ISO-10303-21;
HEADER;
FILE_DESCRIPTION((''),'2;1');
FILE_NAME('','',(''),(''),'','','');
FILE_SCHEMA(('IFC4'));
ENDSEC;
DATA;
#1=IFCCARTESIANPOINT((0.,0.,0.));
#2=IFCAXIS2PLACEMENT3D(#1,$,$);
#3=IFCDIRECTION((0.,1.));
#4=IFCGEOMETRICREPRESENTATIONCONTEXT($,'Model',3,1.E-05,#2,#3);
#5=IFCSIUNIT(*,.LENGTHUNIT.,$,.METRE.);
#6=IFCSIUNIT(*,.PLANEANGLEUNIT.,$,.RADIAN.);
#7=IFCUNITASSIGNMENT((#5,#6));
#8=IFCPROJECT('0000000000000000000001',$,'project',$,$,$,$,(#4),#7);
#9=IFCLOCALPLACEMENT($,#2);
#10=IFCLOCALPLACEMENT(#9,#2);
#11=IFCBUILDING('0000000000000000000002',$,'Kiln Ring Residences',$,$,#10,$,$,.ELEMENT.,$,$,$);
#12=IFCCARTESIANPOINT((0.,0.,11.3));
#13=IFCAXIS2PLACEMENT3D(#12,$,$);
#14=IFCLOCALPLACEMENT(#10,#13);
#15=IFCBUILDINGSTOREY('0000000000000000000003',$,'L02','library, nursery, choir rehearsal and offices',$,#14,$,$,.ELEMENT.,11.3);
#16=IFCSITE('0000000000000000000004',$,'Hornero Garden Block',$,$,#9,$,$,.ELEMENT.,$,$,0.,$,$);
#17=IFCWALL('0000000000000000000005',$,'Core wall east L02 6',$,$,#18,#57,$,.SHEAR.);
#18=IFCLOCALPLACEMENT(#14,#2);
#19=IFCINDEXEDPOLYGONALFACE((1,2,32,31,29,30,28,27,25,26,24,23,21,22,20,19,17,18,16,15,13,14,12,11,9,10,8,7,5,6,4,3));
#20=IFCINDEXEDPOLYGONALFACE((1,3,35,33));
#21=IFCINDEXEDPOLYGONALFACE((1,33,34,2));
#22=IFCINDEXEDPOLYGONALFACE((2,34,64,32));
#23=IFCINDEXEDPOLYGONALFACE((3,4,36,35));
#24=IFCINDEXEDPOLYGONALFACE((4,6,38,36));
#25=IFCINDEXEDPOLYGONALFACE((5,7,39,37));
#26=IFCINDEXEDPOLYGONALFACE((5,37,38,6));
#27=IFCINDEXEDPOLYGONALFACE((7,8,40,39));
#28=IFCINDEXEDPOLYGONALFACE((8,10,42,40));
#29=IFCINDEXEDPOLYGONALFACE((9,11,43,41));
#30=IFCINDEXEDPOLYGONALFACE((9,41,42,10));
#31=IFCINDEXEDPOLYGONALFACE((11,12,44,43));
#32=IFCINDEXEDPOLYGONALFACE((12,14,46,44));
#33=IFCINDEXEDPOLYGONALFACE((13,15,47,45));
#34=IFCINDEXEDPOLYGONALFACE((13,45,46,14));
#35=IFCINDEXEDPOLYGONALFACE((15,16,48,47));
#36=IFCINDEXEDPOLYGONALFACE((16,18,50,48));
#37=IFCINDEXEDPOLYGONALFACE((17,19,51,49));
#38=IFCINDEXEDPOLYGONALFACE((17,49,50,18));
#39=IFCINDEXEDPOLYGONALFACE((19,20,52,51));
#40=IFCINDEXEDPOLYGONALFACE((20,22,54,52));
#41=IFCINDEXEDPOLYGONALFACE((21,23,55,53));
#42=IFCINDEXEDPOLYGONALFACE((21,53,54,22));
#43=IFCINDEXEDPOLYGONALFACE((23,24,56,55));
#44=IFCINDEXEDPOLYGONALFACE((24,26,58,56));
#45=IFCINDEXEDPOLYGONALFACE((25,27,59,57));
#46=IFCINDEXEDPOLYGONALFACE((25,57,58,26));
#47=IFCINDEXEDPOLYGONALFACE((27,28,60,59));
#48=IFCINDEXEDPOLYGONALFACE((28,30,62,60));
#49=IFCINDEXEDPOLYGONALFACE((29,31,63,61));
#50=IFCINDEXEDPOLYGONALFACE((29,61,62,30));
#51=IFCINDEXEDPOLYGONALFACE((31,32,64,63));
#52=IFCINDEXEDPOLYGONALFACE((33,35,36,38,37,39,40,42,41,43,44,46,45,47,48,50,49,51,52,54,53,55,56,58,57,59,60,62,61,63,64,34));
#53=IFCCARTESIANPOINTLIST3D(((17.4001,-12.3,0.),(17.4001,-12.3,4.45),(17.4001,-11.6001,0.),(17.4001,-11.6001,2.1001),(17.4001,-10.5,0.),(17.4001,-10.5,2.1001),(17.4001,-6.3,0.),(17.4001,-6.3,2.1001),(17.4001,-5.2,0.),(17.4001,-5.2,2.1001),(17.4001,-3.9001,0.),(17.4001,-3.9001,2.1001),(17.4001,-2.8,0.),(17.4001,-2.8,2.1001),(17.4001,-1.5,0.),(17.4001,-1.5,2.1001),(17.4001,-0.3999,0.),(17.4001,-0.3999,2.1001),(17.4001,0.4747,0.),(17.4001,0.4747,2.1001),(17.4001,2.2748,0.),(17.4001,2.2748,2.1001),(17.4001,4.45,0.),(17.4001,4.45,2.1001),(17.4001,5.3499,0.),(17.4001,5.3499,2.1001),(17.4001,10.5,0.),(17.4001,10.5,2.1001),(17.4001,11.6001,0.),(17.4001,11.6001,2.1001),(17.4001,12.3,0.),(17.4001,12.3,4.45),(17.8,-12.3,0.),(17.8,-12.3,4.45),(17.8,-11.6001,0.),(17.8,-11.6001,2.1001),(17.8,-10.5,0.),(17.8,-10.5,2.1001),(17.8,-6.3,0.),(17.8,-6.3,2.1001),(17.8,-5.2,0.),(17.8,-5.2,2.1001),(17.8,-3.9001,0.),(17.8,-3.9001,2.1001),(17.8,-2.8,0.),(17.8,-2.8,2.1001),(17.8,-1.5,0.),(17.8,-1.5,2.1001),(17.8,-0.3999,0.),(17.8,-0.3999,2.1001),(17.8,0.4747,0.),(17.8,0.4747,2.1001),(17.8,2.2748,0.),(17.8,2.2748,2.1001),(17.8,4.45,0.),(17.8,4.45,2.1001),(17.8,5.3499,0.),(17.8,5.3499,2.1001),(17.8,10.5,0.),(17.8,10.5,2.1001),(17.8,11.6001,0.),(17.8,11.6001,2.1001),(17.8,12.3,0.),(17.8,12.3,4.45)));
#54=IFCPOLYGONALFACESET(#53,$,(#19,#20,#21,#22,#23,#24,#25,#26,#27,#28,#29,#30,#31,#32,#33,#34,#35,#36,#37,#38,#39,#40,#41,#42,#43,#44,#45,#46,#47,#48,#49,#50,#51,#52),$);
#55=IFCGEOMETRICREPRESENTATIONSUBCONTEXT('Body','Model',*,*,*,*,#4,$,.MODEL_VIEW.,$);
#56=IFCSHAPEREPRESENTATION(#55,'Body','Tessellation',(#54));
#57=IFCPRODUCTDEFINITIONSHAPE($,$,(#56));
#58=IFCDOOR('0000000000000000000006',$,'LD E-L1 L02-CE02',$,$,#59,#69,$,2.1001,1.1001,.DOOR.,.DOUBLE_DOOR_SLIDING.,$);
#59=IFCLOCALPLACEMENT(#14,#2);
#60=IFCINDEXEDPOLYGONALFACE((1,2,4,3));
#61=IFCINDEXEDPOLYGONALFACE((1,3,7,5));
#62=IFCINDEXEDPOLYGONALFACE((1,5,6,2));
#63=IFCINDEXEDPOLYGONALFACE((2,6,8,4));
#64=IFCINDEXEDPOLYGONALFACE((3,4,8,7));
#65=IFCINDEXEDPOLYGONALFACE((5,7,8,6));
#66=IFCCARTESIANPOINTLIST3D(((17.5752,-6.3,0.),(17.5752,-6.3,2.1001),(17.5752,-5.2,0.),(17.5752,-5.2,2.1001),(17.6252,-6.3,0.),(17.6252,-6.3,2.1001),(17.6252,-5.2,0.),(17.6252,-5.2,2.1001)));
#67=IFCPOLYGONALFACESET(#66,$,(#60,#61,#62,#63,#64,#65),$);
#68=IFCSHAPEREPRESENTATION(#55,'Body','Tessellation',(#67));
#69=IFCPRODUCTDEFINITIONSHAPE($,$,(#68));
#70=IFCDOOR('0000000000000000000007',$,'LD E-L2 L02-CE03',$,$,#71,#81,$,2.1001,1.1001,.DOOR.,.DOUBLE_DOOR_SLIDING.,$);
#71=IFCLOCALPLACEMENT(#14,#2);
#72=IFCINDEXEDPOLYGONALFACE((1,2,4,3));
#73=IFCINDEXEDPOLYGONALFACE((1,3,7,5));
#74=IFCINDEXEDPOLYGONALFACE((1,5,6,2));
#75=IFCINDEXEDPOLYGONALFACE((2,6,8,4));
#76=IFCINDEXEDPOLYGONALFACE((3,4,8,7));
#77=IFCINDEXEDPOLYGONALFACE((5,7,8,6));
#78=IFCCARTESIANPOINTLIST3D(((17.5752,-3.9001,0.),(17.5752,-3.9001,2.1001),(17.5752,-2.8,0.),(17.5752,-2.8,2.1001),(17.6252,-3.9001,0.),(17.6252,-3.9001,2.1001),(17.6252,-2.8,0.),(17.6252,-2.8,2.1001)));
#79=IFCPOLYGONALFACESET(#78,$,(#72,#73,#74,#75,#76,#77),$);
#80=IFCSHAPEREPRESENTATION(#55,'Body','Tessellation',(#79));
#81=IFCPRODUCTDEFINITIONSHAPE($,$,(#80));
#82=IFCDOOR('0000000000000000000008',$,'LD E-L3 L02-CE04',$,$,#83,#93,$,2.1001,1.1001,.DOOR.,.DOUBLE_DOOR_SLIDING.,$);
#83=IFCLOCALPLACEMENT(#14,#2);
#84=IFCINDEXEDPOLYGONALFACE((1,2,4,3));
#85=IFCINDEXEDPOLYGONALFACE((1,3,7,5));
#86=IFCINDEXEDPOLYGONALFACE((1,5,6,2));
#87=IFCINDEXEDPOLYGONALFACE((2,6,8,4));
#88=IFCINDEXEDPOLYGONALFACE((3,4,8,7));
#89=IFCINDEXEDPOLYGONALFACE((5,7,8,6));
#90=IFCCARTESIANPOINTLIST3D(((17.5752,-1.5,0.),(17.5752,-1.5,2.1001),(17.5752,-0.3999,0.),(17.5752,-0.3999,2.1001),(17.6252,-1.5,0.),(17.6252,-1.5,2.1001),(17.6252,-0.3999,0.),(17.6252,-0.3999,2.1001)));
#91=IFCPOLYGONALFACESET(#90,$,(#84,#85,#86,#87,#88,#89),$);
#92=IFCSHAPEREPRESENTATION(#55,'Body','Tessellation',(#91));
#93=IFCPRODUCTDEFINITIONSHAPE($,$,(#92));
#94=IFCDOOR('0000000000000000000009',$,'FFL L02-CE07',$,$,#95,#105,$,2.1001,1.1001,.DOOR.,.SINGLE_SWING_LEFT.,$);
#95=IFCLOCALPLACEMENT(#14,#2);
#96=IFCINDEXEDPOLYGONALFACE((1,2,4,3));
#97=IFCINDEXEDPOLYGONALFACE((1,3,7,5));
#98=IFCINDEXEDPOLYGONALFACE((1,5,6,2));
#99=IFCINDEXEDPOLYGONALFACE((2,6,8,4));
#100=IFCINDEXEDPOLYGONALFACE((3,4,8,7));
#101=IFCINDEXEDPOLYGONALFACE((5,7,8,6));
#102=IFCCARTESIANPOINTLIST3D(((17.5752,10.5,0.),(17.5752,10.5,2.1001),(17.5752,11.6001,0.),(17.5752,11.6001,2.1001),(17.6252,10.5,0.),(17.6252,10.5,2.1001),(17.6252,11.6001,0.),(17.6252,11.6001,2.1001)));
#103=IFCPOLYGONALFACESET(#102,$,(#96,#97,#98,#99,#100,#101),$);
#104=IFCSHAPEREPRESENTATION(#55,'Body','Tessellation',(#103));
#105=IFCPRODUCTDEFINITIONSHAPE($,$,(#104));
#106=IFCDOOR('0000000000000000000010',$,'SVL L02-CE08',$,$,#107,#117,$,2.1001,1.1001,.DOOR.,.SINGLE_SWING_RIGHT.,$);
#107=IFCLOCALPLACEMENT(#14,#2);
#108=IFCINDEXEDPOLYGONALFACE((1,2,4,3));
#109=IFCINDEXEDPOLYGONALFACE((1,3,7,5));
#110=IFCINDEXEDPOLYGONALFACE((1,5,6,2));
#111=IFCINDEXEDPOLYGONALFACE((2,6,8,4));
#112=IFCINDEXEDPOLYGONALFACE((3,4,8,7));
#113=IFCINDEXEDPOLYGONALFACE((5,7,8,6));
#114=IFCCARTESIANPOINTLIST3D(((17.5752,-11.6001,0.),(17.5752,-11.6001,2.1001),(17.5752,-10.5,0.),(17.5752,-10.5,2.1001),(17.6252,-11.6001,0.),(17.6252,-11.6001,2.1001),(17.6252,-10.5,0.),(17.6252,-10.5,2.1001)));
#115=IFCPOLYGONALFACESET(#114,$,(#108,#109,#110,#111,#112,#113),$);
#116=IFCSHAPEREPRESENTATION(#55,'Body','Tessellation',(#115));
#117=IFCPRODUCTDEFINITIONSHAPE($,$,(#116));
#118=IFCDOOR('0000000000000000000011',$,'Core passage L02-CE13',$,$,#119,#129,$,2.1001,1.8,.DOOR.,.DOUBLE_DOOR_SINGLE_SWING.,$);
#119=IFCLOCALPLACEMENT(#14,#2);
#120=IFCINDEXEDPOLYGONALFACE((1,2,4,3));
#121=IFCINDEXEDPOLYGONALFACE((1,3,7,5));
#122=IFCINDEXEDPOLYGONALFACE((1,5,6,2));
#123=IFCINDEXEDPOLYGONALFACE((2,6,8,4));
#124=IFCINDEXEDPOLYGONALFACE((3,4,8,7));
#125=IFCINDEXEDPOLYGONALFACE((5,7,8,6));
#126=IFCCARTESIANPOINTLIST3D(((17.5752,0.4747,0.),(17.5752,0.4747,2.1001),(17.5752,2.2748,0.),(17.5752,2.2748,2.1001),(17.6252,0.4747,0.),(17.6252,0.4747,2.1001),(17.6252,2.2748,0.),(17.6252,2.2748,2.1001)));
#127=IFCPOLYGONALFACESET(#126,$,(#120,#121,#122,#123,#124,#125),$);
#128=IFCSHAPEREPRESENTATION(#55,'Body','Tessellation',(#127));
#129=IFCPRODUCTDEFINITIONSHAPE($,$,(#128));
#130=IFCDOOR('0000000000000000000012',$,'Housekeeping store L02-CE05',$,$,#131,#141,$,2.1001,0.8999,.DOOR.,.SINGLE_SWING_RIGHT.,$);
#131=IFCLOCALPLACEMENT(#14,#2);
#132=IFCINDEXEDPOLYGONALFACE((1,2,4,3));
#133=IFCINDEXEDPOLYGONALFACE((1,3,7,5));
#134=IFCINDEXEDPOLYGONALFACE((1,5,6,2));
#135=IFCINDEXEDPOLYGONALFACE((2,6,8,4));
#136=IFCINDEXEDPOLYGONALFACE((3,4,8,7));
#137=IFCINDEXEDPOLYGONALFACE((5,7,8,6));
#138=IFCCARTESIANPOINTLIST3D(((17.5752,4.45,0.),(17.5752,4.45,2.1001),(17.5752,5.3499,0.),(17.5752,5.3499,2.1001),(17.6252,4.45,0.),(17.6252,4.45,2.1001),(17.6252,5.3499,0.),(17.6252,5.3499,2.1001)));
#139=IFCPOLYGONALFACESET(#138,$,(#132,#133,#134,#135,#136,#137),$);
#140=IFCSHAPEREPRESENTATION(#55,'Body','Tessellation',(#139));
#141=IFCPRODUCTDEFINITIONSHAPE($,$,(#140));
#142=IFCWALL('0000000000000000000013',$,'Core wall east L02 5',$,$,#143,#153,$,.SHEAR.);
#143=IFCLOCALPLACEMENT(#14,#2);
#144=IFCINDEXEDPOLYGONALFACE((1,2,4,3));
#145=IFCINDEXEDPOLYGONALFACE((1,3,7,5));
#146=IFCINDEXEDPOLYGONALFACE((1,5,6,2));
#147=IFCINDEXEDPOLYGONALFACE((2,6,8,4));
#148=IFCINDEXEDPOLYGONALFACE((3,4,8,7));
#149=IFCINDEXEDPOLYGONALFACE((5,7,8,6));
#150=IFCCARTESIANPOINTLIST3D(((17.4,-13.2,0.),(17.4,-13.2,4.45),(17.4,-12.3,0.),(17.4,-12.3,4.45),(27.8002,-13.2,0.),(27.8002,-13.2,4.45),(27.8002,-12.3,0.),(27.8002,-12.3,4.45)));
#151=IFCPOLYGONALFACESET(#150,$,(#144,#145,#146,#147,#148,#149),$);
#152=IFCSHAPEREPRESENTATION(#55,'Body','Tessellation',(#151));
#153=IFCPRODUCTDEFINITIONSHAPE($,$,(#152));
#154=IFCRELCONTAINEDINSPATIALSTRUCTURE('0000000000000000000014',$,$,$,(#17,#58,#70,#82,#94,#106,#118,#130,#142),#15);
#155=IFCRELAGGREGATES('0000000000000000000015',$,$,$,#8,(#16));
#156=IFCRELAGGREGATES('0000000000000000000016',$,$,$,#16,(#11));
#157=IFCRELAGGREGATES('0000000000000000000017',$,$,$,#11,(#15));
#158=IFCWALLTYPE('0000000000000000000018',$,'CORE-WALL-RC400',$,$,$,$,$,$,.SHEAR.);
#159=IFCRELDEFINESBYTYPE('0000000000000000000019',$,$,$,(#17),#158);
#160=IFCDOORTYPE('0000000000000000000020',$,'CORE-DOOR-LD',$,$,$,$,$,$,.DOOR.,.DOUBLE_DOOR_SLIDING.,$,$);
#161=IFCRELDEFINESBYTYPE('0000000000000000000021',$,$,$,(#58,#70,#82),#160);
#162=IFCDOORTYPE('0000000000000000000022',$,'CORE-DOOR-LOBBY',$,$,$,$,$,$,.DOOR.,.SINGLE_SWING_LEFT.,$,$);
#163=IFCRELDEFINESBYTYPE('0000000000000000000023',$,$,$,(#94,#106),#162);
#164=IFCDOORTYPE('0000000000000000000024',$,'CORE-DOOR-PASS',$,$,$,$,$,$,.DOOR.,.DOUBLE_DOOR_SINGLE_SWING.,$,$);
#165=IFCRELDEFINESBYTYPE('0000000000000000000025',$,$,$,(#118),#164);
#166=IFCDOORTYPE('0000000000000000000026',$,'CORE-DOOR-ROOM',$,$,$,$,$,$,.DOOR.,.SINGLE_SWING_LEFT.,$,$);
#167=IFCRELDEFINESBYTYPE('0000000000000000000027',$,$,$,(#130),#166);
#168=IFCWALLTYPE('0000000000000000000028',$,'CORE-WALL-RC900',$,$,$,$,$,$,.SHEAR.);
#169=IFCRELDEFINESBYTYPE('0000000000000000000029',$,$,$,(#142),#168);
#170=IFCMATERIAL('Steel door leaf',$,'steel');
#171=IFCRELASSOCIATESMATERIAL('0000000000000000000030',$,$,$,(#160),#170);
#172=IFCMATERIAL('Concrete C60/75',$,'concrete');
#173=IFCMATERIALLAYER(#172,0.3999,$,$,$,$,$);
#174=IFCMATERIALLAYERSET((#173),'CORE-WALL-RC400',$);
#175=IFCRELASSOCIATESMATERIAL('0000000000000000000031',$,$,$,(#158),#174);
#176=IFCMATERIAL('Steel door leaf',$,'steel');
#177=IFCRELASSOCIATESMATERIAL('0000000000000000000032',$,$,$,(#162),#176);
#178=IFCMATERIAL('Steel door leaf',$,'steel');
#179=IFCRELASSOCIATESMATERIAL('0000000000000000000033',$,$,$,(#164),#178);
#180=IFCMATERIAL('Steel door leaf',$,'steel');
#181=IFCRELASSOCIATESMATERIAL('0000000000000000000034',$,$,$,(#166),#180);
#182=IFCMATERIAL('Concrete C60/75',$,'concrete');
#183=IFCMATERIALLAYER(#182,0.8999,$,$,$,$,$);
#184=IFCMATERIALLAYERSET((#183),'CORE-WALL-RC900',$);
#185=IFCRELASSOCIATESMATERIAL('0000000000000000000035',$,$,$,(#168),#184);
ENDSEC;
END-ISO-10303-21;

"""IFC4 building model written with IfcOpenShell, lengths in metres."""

from ifc_helpers import new_model, si_unit, direction, frame, frame_2d, origin, place, context, subcontext, project, spatial, rectangle, extrude, material, layer, layer_set, type_object, element, fill, save


model = new_model("IFC4")

# Units and contexts
model_context = context("Model", 3, precision=1e-05, world=origin(), true_north=direction((0.0, 1.0)))
body_context = subcontext(model_context, "Body", "Model", "MODEL_VIEW")
ifc_project = project(units=[si_unit("LENGTHUNIT", "METRE"), si_unit("PLANEANGLEUNIT", "RADIAN")], contexts=[model_context])

# Site, building, storey
site_placement = place(None, origin())
site = spatial("IfcSite", under=ifc_project, at=site_placement, Name="Hornero Garden Block", CompositionType="ELEMENT", RefElevation=0.0)
building_placement = place(site_placement, origin())
building = spatial("IfcBuilding", under=site, at=building_placement, Name="Kiln Ring Residences", CompositionType="ELEMENT")
storey_placement = place(building_placement, frame((0.0, 0.0, 11.3)))
storey = spatial("IfcBuildingStorey", under=building, at=storey_placement, Name="L02", Description="library, nursery, choir rehearsal and offices", CompositionType="ELEMENT", Elevation=11.3)

# Wall, openings, doors
ifc_material_1 = material(Name="Steel door leaf", Category="steel")
door_type_1 = type_object("IfcDoorType", Name="CORE-DOOR-LD", OperationType="DOUBLE_DOOR_SLIDING", PredefinedType="DOOR", material=ifc_material_1)
ifc_material_2 = material(Name="Concrete C60/75", Category="concrete")
ifc_layer_1 = layer(ifc_material_2, 0.3999)
ifc_layer_set_1 = layer_set([ifc_layer_1], Name="CORE-WALL-RC400")
wall_type_1 = type_object("IfcWallType", Name="CORE-WALL-RC400", PredefinedType="SHEAR", material=ifc_layer_set_1)
wall_1_placement = place(storey_placement, frame((17.6001, -12.3, 0.0), z_axis=(0.0, 0.0, 1.0), x_axis=(0.0, 1.0, 0.0)))
wall_1 = element("IfcWall", 1, at=wall_1_placement, inside=storey, type_object=wall_type_1, Name="Core wall east L02 6", PredefinedType="SHEAR", context=body_context, shape_type="SweptSolid", body=[
    extrude(rectangle(XDim=24.6001, YDim=0.3999, at=frame_2d((12.3, 0.0))), origin(), (0.0, 0.0, 1.0), 4.45),
])
opening_1_placement = place(wall_1_placement, frame((6.0, 0.0, 0.0)))
opening_1 = element("IfcOpeningElement", 2, at=opening_1_placement, cuts=wall_1, PredefinedType="OPENING", context=body_context, shape_type="SweptSolid", body=[
    extrude(rectangle(XDim=1.1001, YDim=2.1001, at=frame_2d((0.55, 1.05))), frame((0.0, 0.21, 0.0), z_axis=(0.0, -1.0, 0.0), x_axis=(1.0, 0.0, 0.0)), (0.0, 0.0, 1.0), 0.4199),
])
opening_2_placement = place(wall_1_placement, frame((8.3999, 0.0, 0.0)))
opening_2 = element("IfcOpeningElement", 3, at=opening_2_placement, cuts=wall_1, PredefinedType="OPENING", context=body_context, shape_type="SweptSolid", body=[
    extrude(rectangle(XDim=1.1001, YDim=2.1001, at=frame_2d((0.55, 1.05))), frame((0.0, 0.21, 0.0), z_axis=(0.0, -1.0, 0.0), x_axis=(1.0, 0.0, 0.0)), (0.0, 0.0, 1.0), 0.4199),
])
opening_3_placement = place(wall_1_placement, frame((10.8, 0.0, 0.0)))
opening_3 = element("IfcOpeningElement", 4, at=opening_3_placement, cuts=wall_1, PredefinedType="OPENING", context=body_context, shape_type="SweptSolid", body=[
    extrude(rectangle(XDim=1.1001, YDim=2.1001, at=frame_2d((0.55, 1.05))), frame((0.0, 0.21, 0.0), z_axis=(0.0, -1.0, 0.0), x_axis=(1.0, 0.0, 0.0)), (0.0, 0.0, 1.0), 0.4199),
])
opening_4_placement = place(wall_1_placement, frame((16.75, 0.0, 0.0)))
opening_4 = element("IfcOpeningElement", 5, at=opening_4_placement, cuts=wall_1, PredefinedType="OPENING", context=body_context, shape_type="SweptSolid", body=[
    extrude(rectangle(XDim=0.8999, YDim=2.1001, at=frame_2d((0.45, 1.05))), frame((0.0, 0.21, 0.0), z_axis=(0.0, -1.0, 0.0), x_axis=(1.0, 0.0, 0.0)), (0.0, 0.0, 1.0), 0.4199),
])
opening_5_placement = place(wall_1_placement, frame((22.8, 0.0, 0.0)))
opening_5 = element("IfcOpeningElement", 6, at=opening_5_placement, cuts=wall_1, PredefinedType="OPENING", context=body_context, shape_type="SweptSolid", body=[
    extrude(rectangle(XDim=1.1001, YDim=2.1001, at=frame_2d((0.55, 1.05))), frame((0.0, 0.21, 0.0), z_axis=(0.0, -1.0, 0.0), x_axis=(1.0, 0.0, 0.0)), (0.0, 0.0, 1.0), 0.4199),
])
opening_6_placement = place(wall_1_placement, frame((0.7, 0.0, 0.0)))
opening_6 = element("IfcOpeningElement", 7, at=opening_6_placement, cuts=wall_1, PredefinedType="OPENING", context=body_context, shape_type="SweptSolid", body=[
    extrude(rectangle(XDim=1.1001, YDim=2.1001, at=frame_2d((0.55, 1.05))), frame((0.0, 0.21, 0.0), z_axis=(0.0, -1.0, 0.0), x_axis=(1.0, 0.0, 0.0)), (0.0, 0.0, 1.0), 0.4199),
])
opening_7_placement = place(wall_1_placement, frame((12.7749, 0.0, 0.0)))
opening_7 = element("IfcOpeningElement", 8, at=opening_7_placement, cuts=wall_1, PredefinedType="OPENING", context=body_context, shape_type="SweptSolid", body=[
    extrude(rectangle(XDim=1.8, YDim=2.1001, at=frame_2d((0.8999, 1.05))), frame((0.0, 0.21, 0.0), z_axis=(0.0, -1.0, 0.0), x_axis=(1.0, 0.0, 0.0)), (0.0, 0.0, 1.0), 0.4199),
])
door_1_placement = place(opening_1_placement, origin())
door_1 = element("IfcDoor", 9, at=door_1_placement, inside=storey, type_object=door_type_1, Name="LD E-L1 L02-CE02", OperationType="DOUBLE_DOOR_SLIDING", OverallHeight=2.1001, OverallWidth=1.1001, PredefinedType="DOOR", context=body_context, shape_type="SweptSolid", body=[
    extrude(rectangle(XDim=1.1001, YDim=2.1001, at=frame_2d((0.55, 1.05))), frame((0.0, 0.0249, 0.0), z_axis=(0.0, -1.0, 0.0), x_axis=(1.0, 0.0, 0.0)), (0.0, 0.0, 1.0), 0.05),
])
fill(opening_1, door_1)
door_2_placement = place(opening_2_placement, origin())
door_2 = element("IfcDoor", 10, at=door_2_placement, inside=storey, type_object=door_type_1, Name="LD E-L2 L02-CE03", OperationType="DOUBLE_DOOR_SLIDING", OverallHeight=2.1001, OverallWidth=1.1001, PredefinedType="DOOR", context=body_context, shape_type="SweptSolid", body=[
    extrude(rectangle(XDim=1.1001, YDim=2.1001, at=frame_2d((0.55, 1.05))), frame((0.0, 0.0249, 0.0), z_axis=(0.0, -1.0, 0.0), x_axis=(1.0, 0.0, 0.0)), (0.0, 0.0, 1.0), 0.05),
])
fill(opening_2, door_2)
door_3_placement = place(opening_3_placement, origin())
door_3 = element("IfcDoor", 11, at=door_3_placement, inside=storey, type_object=door_type_1, Name="LD E-L3 L02-CE04", OperationType="DOUBLE_DOOR_SLIDING", OverallHeight=2.1001, OverallWidth=1.1001, PredefinedType="DOOR", context=body_context, shape_type="SweptSolid", body=[
    extrude(rectangle(XDim=1.1001, YDim=2.1001, at=frame_2d((0.55, 1.05))), frame((0.0, 0.0249, 0.0), z_axis=(0.0, -1.0, 0.0), x_axis=(1.0, 0.0, 0.0)), (0.0, 0.0, 1.0), 0.05),
])
fill(opening_3, door_3)
ifc_material_3 = material(Name="Steel door leaf", Category="steel")
door_type_2 = type_object("IfcDoorType", Name="CORE-DOOR-LOBBY", OperationType="SINGLE_SWING_LEFT", PredefinedType="DOOR", material=ifc_material_3)
door_4_placement = place(opening_5_placement, origin())
door_4 = element("IfcDoor", 12, at=door_4_placement, inside=storey, type_object=door_type_2, Name="FFL L02-CE07", OperationType="SINGLE_SWING_LEFT", OverallHeight=2.1001, OverallWidth=1.1001, PredefinedType="DOOR", context=body_context, shape_type="SweptSolid", body=[
    extrude(rectangle(XDim=1.1001, YDim=2.1001, at=frame_2d((0.55, 1.05))), frame((0.0, 0.0249, 0.0), z_axis=(0.0, -1.0, 0.0), x_axis=(1.0, 0.0, 0.0)), (0.0, 0.0, 1.0), 0.05),
])
fill(opening_5, door_4)
door_5_placement = place(opening_6_placement, origin())
door_5 = element("IfcDoor", 13, at=door_5_placement, inside=storey, type_object=door_type_2, Name="SVL L02-CE08", OperationType="SINGLE_SWING_RIGHT", OverallHeight=2.1001, OverallWidth=1.1001, PredefinedType="DOOR", context=body_context, shape_type="SweptSolid", body=[
    extrude(rectangle(XDim=1.1001, YDim=2.1001, at=frame_2d((0.55, 1.05))), frame((0.0, 0.0249, 0.0), z_axis=(0.0, -1.0, 0.0), x_axis=(1.0, 0.0, 0.0)), (0.0, 0.0, 1.0), 0.05),
])
fill(opening_6, door_5)
ifc_material_4 = material(Name="Steel door leaf", Category="steel")
door_type_3 = type_object("IfcDoorType", Name="CORE-DOOR-PASS", OperationType="DOUBLE_DOOR_SINGLE_SWING", PredefinedType="DOOR", material=ifc_material_4)
door_6_placement = place(opening_7_placement, origin())
door_6 = element("IfcDoor", 14, at=door_6_placement, inside=storey, type_object=door_type_3, Name="Core passage L02-CE13", OperationType="DOUBLE_DOOR_SINGLE_SWING", OverallHeight=2.1001, OverallWidth=1.8, PredefinedType="DOOR", context=body_context, shape_type="SweptSolid", body=[
    extrude(rectangle(XDim=1.8, YDim=2.1001, at=frame_2d((0.8999, 1.05))), frame((0.0, 0.0249, 0.0), z_axis=(0.0, -1.0, 0.0), x_axis=(1.0, 0.0, 0.0)), (0.0, 0.0, 1.0), 0.05),
])
fill(opening_7, door_6)
ifc_material_5 = material(Name="Steel door leaf", Category="steel")
door_type_4 = type_object("IfcDoorType", Name="CORE-DOOR-ROOM", OperationType="SINGLE_SWING_LEFT", PredefinedType="DOOR", material=ifc_material_5)
door_7_placement = place(opening_4_placement, origin())
door_7 = element("IfcDoor", 15, at=door_7_placement, inside=storey, type_object=door_type_4, Name="Housekeeping store L02-CE05", OperationType="SINGLE_SWING_RIGHT", OverallHeight=2.1001, OverallWidth=0.8999, PredefinedType="DOOR", context=body_context, shape_type="SweptSolid", body=[
    extrude(rectangle(XDim=0.8999, YDim=2.1001, at=frame_2d((0.45, 1.05))), frame((0.0, 0.0249, 0.0), z_axis=(0.0, -1.0, 0.0), x_axis=(1.0, 0.0, 0.0)), (0.0, 0.0, 1.0), 0.05),
])
fill(opening_4, door_7)

# Wall
ifc_material_6 = material(Name="Concrete C60/75", Category="concrete")
ifc_layer_2 = layer(ifc_material_6, 0.8999)
ifc_layer_set_2 = layer_set([ifc_layer_2], Name="CORE-WALL-RC900")
wall_type_2 = type_object("IfcWallType", Name="CORE-WALL-RC900", PredefinedType="SHEAR", material=ifc_layer_set_2)
wall_2_placement = place(storey_placement, frame((17.3999, -12.75, 0.0), z_axis=(0.0, 0.0, 1.0), x_axis=(1.0, 0.0, 0.0)))
element("IfcWall", 16, at=wall_2_placement, inside=storey, type_object=wall_type_2, Name="Core wall east L02 5", PredefinedType="SHEAR", context=body_context, shape_type="SweptSolid", body=[
    extrude(rectangle(XDim=10.4001, YDim=0.8999, at=frame_2d((5.2002, 0.0))), origin(), (0.0, 0.0, 1.0), 4.45),
])

save(model, "model.ifc")
